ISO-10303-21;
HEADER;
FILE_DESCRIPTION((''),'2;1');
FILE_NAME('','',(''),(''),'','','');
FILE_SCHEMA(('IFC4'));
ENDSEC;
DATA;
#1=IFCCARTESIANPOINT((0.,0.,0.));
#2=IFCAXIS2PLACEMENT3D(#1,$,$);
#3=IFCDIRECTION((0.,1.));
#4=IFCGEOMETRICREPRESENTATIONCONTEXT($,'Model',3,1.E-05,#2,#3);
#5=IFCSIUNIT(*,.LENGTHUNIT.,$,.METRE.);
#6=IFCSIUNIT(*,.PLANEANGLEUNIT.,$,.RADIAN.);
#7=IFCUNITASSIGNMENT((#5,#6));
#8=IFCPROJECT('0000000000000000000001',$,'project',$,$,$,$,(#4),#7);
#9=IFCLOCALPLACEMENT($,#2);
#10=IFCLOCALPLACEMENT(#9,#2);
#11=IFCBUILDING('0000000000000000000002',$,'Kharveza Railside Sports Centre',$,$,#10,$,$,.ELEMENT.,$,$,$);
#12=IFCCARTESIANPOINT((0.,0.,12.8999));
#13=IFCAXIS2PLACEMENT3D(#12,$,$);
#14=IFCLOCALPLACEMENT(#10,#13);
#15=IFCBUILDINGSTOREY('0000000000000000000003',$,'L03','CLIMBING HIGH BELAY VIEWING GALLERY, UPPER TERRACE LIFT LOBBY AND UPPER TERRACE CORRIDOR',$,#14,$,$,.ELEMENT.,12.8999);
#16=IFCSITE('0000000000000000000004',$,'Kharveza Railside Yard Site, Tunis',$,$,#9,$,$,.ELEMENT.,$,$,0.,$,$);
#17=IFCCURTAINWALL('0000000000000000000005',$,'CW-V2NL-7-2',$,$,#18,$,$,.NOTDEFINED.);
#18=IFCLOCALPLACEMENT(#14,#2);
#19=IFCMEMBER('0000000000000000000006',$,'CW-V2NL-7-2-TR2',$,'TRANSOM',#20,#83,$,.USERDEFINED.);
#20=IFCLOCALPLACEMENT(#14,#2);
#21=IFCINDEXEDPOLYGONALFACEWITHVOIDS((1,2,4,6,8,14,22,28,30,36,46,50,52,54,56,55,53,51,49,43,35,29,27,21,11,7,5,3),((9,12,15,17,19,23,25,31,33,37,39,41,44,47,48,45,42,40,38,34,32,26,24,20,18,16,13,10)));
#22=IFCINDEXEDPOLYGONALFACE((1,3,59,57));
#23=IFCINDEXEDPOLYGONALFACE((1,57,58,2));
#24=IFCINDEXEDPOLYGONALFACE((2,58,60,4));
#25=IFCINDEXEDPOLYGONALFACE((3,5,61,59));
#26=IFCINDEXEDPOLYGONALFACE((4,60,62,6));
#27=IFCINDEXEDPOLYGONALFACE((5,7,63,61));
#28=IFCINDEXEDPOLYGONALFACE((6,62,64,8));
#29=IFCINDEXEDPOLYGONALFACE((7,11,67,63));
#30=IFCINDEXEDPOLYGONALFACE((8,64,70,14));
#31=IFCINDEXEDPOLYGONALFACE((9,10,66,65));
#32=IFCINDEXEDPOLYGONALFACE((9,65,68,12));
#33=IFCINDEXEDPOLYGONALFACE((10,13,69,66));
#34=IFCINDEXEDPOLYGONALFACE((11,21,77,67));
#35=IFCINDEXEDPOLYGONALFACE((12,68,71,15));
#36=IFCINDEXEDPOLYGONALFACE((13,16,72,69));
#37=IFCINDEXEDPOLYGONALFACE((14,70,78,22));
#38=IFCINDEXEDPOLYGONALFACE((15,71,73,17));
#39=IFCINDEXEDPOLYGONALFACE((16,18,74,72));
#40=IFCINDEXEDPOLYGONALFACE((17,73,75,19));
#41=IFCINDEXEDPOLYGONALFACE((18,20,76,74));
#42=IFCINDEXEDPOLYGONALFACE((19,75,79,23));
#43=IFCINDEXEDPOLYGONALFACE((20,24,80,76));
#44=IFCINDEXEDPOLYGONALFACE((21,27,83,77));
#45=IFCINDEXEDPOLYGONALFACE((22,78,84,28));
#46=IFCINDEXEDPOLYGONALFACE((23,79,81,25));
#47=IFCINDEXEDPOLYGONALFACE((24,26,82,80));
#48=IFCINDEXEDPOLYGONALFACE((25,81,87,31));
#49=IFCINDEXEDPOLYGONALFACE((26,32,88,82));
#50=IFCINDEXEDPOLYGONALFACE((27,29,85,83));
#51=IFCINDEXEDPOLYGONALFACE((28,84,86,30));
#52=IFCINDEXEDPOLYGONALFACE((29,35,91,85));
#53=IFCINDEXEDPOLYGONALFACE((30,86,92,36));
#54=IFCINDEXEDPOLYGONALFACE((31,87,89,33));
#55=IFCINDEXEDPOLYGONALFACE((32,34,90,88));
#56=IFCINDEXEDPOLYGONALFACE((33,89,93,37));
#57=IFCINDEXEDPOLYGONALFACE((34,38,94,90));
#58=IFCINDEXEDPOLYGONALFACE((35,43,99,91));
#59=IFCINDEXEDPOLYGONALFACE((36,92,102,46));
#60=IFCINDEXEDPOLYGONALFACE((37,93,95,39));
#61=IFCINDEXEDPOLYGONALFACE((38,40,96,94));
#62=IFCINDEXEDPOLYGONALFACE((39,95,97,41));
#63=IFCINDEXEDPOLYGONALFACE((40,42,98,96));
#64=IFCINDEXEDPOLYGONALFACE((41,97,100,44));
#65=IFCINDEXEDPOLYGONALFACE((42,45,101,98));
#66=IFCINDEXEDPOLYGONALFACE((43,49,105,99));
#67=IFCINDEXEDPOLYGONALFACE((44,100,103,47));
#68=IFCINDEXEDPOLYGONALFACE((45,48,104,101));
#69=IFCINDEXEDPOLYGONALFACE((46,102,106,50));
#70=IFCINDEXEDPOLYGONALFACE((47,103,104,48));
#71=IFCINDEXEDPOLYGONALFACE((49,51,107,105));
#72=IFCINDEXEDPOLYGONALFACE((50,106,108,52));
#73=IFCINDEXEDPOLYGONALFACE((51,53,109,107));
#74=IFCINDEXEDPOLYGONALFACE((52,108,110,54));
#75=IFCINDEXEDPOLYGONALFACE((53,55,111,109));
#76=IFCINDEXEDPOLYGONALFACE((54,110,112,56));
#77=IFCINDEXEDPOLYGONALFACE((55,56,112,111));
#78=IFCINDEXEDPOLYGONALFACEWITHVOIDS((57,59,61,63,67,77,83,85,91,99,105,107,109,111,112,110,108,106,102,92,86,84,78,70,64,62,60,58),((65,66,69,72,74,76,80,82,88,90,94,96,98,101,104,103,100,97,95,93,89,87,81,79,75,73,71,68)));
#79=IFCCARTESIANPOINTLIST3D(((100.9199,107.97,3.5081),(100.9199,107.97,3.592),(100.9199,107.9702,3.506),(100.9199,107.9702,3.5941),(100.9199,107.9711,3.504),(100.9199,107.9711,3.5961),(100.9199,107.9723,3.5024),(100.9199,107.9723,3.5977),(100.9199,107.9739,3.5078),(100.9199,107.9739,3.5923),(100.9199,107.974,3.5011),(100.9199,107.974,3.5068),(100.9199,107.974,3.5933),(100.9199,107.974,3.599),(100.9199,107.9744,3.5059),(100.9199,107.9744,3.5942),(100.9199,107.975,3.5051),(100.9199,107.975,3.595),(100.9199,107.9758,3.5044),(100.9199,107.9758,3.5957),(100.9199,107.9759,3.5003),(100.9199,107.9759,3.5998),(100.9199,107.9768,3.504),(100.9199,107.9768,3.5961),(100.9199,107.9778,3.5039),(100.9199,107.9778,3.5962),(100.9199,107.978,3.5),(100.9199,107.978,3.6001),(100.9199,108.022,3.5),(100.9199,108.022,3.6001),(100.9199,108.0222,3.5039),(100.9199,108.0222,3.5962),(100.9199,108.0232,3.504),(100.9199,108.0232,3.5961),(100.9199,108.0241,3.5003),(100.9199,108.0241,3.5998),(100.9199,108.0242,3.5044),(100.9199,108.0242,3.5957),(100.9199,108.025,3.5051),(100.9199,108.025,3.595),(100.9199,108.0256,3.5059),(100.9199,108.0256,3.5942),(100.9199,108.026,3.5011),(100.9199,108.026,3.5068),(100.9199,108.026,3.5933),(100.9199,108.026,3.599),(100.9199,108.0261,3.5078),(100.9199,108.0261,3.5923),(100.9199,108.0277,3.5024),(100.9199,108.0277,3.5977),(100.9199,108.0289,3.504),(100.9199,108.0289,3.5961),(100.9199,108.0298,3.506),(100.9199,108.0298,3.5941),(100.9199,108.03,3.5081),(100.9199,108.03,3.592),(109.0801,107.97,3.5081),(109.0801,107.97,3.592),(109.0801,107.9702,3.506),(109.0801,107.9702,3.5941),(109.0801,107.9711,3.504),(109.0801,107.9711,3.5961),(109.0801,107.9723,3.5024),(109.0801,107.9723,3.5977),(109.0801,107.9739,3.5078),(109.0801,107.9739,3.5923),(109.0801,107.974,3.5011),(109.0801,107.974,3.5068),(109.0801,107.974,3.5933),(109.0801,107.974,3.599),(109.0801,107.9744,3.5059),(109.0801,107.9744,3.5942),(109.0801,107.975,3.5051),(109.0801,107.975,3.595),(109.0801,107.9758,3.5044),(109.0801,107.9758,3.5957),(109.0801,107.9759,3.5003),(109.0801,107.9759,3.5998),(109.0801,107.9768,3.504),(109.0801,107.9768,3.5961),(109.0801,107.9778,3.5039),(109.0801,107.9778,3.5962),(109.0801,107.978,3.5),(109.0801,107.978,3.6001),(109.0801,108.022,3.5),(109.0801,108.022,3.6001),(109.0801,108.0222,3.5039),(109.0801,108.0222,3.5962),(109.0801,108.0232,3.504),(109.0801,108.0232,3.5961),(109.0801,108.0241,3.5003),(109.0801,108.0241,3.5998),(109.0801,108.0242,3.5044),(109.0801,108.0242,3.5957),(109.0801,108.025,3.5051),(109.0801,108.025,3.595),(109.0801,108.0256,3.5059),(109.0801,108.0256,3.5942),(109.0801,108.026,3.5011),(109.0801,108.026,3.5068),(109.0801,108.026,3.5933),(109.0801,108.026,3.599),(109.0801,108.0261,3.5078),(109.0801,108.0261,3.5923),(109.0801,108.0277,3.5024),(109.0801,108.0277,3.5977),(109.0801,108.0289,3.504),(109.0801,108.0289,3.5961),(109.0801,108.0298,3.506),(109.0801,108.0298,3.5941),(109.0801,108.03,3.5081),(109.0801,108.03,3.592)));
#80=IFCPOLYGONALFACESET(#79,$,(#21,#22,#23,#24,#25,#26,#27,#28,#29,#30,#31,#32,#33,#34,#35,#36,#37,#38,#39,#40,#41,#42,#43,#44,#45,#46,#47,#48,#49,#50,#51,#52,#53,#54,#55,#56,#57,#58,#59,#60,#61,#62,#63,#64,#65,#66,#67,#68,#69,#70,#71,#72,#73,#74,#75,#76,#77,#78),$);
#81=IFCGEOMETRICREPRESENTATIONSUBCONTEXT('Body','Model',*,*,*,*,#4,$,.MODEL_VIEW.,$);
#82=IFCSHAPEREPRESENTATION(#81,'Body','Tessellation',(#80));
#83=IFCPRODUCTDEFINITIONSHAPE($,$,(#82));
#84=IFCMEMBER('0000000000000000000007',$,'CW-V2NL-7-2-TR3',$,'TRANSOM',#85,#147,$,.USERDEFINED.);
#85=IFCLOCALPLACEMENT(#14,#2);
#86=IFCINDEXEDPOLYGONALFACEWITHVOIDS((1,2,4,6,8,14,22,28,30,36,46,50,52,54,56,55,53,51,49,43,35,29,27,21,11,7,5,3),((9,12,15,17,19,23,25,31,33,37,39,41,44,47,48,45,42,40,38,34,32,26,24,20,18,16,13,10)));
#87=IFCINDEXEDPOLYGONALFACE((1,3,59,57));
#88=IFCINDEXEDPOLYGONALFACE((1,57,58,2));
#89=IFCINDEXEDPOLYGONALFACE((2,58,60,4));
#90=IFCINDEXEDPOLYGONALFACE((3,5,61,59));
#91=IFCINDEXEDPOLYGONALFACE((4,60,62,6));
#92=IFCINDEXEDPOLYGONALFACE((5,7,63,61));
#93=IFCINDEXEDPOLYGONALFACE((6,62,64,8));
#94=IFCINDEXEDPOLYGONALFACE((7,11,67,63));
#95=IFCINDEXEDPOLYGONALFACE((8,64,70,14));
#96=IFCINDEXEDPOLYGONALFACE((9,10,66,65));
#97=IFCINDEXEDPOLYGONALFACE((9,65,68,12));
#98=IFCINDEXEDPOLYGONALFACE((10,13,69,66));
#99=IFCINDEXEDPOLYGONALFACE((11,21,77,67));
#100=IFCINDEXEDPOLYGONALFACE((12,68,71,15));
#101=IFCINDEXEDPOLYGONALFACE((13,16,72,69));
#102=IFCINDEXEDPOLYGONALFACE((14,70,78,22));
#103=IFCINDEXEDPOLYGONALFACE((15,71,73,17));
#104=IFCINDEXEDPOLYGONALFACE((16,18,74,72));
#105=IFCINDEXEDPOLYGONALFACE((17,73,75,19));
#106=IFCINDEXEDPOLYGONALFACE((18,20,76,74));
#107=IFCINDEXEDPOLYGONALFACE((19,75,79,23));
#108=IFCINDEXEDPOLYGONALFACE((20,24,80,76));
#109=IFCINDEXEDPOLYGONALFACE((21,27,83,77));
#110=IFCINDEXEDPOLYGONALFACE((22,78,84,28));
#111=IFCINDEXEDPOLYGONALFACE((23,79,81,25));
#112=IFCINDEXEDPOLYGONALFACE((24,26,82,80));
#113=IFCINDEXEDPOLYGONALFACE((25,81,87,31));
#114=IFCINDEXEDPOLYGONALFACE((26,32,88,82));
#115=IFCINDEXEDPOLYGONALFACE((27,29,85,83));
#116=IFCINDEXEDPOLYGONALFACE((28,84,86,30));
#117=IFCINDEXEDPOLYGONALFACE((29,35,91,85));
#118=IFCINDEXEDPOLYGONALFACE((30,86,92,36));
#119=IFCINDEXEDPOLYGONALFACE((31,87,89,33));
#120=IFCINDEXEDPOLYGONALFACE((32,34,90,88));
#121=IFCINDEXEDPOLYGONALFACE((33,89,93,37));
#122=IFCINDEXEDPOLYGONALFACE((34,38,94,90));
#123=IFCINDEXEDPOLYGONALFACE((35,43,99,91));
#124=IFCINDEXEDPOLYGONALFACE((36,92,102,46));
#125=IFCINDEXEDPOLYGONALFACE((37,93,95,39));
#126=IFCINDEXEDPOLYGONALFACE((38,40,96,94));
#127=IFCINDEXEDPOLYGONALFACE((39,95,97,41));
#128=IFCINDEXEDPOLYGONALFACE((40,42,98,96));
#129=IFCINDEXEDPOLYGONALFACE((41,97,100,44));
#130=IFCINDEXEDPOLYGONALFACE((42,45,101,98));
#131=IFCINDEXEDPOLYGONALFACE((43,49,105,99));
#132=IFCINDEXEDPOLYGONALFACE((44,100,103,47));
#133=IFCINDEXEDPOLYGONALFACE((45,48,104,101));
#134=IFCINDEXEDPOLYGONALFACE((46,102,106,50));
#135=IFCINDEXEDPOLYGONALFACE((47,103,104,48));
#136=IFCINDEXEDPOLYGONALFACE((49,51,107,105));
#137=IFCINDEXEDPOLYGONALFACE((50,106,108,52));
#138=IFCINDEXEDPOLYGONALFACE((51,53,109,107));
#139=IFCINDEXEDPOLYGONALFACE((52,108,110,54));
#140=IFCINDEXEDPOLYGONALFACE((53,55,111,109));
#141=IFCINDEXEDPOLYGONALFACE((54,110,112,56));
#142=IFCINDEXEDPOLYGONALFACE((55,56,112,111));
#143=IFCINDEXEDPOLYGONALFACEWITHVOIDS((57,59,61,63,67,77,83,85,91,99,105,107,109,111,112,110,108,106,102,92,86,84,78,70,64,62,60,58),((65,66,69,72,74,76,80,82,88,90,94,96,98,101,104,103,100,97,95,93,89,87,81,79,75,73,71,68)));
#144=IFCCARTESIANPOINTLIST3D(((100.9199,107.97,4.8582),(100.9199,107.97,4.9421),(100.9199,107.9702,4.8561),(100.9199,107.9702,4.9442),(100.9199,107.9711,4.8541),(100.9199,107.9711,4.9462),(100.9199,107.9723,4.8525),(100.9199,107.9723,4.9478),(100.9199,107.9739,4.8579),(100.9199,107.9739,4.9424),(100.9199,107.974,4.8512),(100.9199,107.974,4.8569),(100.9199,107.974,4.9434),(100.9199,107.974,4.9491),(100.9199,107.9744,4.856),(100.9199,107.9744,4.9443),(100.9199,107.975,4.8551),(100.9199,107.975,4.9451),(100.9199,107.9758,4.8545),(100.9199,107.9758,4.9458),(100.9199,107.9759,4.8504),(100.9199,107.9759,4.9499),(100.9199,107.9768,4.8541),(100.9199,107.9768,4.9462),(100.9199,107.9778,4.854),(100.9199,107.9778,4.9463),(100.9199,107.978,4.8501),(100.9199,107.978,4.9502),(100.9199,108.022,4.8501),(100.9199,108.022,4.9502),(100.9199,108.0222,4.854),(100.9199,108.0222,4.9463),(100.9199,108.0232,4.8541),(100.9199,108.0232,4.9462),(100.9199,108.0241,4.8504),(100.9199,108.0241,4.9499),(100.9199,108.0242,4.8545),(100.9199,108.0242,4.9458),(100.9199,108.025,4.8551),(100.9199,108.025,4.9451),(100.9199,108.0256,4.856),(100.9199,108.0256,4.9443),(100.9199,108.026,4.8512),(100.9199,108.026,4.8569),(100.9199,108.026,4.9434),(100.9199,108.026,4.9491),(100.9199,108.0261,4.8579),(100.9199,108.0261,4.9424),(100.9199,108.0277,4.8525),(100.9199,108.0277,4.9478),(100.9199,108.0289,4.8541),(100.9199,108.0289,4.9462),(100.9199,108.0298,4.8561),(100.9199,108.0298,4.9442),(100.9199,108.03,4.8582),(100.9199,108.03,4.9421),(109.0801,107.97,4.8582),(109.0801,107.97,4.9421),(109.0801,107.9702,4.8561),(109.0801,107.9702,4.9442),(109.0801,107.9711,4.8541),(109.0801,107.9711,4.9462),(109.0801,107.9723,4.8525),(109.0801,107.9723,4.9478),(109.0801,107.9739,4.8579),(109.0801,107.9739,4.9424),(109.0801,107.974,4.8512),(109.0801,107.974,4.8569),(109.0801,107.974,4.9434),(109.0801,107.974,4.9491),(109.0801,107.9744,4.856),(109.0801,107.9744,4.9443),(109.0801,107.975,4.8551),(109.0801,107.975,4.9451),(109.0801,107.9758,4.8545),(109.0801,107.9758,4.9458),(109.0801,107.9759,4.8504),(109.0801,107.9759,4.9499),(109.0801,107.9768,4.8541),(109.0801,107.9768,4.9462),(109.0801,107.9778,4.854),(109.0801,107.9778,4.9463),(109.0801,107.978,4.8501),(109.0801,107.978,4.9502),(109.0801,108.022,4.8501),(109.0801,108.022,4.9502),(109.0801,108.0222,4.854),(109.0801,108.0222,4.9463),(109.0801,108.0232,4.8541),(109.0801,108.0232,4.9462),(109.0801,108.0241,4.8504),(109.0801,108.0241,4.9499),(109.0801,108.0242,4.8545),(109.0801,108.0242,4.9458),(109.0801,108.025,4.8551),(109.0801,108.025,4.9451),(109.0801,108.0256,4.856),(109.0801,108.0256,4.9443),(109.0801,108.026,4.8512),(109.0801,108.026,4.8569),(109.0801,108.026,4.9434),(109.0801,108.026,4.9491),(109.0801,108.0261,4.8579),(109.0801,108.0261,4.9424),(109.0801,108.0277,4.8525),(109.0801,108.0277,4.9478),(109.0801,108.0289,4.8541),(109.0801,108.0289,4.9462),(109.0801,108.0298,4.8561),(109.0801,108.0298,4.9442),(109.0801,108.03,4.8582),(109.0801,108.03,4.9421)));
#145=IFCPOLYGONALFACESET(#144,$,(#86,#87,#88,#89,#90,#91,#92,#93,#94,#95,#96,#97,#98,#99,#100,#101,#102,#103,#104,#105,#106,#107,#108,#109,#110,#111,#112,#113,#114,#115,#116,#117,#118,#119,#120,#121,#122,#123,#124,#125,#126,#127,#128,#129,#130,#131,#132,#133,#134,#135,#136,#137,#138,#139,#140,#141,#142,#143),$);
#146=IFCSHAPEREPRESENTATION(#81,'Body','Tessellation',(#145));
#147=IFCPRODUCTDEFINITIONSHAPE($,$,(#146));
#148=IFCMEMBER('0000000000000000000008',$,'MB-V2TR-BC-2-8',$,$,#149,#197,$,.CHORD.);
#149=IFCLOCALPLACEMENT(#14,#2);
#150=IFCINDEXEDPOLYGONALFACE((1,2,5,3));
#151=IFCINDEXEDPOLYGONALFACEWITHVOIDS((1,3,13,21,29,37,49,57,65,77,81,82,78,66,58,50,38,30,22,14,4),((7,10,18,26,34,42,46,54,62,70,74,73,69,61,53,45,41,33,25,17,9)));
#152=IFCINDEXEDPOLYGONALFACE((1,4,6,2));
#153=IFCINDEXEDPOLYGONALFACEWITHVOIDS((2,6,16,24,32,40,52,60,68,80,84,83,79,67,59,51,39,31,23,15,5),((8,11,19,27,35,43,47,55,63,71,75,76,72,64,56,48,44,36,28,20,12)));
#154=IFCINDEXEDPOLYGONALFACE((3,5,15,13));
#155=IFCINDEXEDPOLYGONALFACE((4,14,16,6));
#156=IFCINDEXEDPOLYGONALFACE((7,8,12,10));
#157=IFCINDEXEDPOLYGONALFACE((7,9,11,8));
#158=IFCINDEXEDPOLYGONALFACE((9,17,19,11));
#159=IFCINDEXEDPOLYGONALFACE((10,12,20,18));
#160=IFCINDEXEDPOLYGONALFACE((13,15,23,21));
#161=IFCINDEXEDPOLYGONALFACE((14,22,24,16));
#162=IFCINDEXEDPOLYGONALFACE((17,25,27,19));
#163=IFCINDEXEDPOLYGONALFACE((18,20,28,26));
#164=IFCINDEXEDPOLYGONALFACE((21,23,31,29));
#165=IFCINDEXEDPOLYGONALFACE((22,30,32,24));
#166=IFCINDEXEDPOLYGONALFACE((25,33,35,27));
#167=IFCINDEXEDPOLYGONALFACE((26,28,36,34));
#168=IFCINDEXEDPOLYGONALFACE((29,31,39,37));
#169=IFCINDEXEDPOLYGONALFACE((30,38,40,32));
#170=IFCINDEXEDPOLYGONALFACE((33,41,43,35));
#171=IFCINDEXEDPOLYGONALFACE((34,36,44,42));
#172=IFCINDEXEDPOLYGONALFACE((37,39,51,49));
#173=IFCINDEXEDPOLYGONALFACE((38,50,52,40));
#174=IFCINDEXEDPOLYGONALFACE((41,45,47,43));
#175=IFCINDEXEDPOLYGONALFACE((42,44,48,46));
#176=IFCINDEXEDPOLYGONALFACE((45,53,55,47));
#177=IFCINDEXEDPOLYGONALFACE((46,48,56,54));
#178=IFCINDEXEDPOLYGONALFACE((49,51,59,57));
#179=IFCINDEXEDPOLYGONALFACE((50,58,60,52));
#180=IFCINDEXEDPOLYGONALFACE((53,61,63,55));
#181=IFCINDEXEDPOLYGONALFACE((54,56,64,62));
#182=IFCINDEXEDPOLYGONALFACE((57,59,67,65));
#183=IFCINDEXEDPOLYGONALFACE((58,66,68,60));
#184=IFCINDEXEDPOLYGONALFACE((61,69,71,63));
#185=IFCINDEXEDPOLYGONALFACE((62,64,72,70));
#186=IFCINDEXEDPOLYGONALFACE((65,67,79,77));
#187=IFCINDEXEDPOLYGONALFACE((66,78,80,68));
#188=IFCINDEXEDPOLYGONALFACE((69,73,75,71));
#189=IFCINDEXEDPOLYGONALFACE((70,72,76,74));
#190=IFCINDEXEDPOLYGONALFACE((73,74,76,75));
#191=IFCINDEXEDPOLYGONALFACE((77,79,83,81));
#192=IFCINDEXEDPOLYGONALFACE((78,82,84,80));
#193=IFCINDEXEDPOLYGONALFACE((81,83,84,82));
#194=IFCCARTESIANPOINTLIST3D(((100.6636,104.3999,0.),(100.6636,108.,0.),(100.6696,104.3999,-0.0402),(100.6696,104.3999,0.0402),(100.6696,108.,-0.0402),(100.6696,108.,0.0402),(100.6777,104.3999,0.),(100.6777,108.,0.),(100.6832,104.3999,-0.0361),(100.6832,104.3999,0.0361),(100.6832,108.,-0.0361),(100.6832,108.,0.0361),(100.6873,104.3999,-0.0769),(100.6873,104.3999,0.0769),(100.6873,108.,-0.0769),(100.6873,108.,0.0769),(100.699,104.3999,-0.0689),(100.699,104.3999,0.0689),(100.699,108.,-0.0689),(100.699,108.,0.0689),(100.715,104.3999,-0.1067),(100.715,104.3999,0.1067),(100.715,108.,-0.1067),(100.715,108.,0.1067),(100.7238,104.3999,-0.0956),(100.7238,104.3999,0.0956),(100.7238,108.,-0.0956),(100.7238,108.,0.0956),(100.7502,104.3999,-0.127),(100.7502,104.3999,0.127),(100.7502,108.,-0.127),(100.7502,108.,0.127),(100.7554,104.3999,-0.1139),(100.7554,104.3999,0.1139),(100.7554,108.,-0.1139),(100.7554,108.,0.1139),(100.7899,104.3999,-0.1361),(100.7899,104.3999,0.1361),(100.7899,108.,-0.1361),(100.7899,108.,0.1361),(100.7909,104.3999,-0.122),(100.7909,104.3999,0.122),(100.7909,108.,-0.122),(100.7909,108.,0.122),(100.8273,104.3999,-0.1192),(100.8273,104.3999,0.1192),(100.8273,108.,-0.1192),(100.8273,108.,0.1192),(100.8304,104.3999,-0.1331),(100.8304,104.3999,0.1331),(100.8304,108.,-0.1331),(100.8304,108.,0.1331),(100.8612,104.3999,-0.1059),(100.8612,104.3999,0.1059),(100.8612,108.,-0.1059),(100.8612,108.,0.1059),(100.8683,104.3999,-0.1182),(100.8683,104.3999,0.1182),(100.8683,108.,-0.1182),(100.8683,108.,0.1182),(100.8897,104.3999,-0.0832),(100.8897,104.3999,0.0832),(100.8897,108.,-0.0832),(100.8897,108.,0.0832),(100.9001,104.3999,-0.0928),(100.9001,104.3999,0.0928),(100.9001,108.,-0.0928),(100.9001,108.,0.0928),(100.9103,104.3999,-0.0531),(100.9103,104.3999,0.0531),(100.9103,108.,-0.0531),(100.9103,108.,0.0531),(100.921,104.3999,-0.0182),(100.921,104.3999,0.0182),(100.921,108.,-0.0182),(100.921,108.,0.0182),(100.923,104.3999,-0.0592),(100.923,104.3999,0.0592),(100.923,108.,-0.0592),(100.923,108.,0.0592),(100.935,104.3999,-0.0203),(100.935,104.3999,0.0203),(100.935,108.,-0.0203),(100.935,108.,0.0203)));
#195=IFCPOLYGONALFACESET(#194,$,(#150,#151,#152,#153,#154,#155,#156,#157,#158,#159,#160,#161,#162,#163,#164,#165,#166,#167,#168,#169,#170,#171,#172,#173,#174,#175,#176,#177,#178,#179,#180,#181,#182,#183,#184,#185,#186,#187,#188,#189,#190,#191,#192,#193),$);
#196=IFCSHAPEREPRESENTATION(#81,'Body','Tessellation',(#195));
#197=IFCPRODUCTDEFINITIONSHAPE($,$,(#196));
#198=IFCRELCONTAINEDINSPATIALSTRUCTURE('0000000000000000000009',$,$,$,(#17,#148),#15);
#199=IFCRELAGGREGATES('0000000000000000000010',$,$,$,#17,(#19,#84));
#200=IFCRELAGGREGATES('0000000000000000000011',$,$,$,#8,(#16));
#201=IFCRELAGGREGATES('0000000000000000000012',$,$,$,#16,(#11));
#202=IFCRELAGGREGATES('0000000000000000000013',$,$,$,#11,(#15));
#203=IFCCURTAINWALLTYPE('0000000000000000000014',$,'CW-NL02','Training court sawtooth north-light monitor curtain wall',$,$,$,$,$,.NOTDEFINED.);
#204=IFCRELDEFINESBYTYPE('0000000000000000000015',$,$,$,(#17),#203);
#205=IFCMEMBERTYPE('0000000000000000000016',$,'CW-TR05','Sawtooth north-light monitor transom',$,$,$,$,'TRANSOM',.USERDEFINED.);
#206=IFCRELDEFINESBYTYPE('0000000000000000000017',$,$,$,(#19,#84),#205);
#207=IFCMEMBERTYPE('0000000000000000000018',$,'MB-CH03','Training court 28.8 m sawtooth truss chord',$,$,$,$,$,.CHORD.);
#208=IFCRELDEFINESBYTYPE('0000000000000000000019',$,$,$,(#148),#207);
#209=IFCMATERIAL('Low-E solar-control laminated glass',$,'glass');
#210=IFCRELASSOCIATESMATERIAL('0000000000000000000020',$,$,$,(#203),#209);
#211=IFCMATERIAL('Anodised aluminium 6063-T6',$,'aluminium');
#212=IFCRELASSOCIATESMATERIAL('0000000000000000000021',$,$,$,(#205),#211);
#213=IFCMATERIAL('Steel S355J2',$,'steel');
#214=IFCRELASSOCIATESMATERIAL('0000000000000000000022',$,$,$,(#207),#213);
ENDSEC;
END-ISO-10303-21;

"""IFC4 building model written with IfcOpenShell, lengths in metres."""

from ifc_helpers import new_model, si_unit, direction, frame, origin, origin_2d, place, context, subcontext, project, spatial, hollow_rectangle, hollow_circle, extrude, material, material_profile, profile_set, type_object, element, aggregate, save


model = new_model("IFC4")

# Units and contexts
model_context = context("Model", 3, precision=1e-05, world=origin(), true_north=direction((0.0, 1.0)))
body_context = subcontext(model_context, "Body", "Model", "MODEL_VIEW")
ifc_project = project(units=[si_unit("LENGTHUNIT", "METRE"), si_unit("PLANEANGLEUNIT", "RADIAN")], contexts=[model_context])

# Site, building, storey
site_placement = place(None, origin())
site = spatial("IfcSite", under=ifc_project, at=site_placement, Name="Kharveza Railside Yard Site, Tunis", CompositionType="ELEMENT", RefElevation=0.0)
building_placement = place(site_placement, origin())
building = spatial("IfcBuilding", under=site, at=building_placement, Name="Kharveza Railside Sports Centre", CompositionType="ELEMENT")
storey_placement = place(building_placement, frame((0.0, 0.0, 12.8999)))
storey = spatial("IfcBuildingStorey", under=building, at=storey_placement, Name="L03", Description="CLIMBING HIGH BELAY VIEWING GALLERY, UPPER TERRACE LIFT LOBBY AND UPPER TERRACE CORRIDOR", CompositionType="ELEMENT", Elevation=12.8999)

# Curtain wall
ifc_material_1 = material(Name="Low-E solar-control laminated glass", Category="glass")
curtain_wall_type = type_object("IfcCurtainWallType", Name="CW-NL02", Description="Training court sawtooth north-light monitor curtain wall", PredefinedType="NOTDEFINED", material=ifc_material_1)
ifc_material_2 = material(Name="Anodised aluminium 6063-T6", Category="aluminium")
curtain_wall_1_placement = place(storey_placement, origin())
curtain_wall_1 = element("IfcCurtainWall", 1, at=curtain_wall_1_placement, inside=storey, type_object=curtain_wall_type, Name="CW-V2NL-7-2", PredefinedType="NOTDEFINED")

# Members
ifc_material_profile_1 = material_profile(ifc_material_2, hollow_rectangle(XDim=0.0601, YDim=0.1001, WallThickness=0.0039, InnerFilletRadius=0.0039, OuterFilletRadius=0.0081, at=origin_2d()), Name="RHS 60x100x4.0")
ifc_profile_set_1 = profile_set([ifc_material_profile_1], Name="Anodised aluminium 6063-T6")
member_type_1 = type_object("IfcMemberType", Name="CW-TR05", Description="Sawtooth north-light monitor transom", ElementType="TRANSOM", PredefinedType="USERDEFINED", material=ifc_profile_set_1)
member_1_placement = place(storey_placement, frame((100.9199, 108.0, 3.55), z_axis=(1.0, 0.0, 0.0), x_axis=(0.0, 1.0, 0.0)))
member_1 = element("IfcMember", 2, at=member_1_placement, type_object=member_type_1, Name="CW-V2NL-7-2-TR2", ObjectType="TRANSOM", PredefinedType="USERDEFINED", context=body_context, shape_type="SweptSolid", body=[
    extrude(hollow_rectangle(XDim=0.0601, YDim=0.1001, WallThickness=0.0039, InnerFilletRadius=0.0039, OuterFilletRadius=0.0081, at=origin_2d()), origin(), (0.0, 0.0, 1.0), 8.1602),
])
member_2_placement = place(storey_placement, frame((100.9199, 108.0, 4.9001), z_axis=(1.0, 0.0, 0.0), x_axis=(0.0, 1.0, 0.0)))
member_2 = element("IfcMember", 3, at=member_2_placement, type_object=member_type_1, Name="CW-V2NL-7-2-TR3", ObjectType="TRANSOM", PredefinedType="USERDEFINED", context=body_context, shape_type="SweptSolid", body=[
    extrude(hollow_rectangle(XDim=0.0601, YDim=0.1001, WallThickness=0.0039, InnerFilletRadius=0.0039, OuterFilletRadius=0.0081, at=origin_2d()), origin(), (0.0, 0.0, 1.0), 8.1602),
])

# Member
ifc_material_3 = material(Name="Steel S355J2", Category="steel")
ifc_material_profile_2 = material_profile(ifc_material_3, hollow_circle(Radius=0.1365, WallThickness=0.0142, at=origin_2d()), Name="CHS 273.0x14.2")
ifc_profile_set_2 = profile_set([ifc_material_profile_2], Name="Steel S355J2")
member_type_2 = type_object("IfcMemberType", Name="MB-CH03", Description="Training court 28.8 m sawtooth truss chord", PredefinedType="CHORD", material=ifc_profile_set_2)
for number, where, z_axis, x_axis, name in (
    (4, (100.8, 104.3999, 0.0), (0.0, 1.0, 0.0), (-1.0, 0.0, 0.0), "MB-V2TR-BC-2-8"),
):
    element("IfcMember", number, at=place(storey_placement, frame(where, z_axis=z_axis, x_axis=x_axis)), inside=storey, type_object=member_type_2, Name=name, PredefinedType="CHORD", context=body_context, shape_type="SweptSolid", body=[
        extrude(hollow_circle(Radius=0.1365, WallThickness=0.0142, at=origin_2d()), origin(), (0.0, 0.0, 1.0), 3.6001),
    ])

aggregate(curtain_wall_1, [member_1, member_2])

save(model, "model.ifc")
